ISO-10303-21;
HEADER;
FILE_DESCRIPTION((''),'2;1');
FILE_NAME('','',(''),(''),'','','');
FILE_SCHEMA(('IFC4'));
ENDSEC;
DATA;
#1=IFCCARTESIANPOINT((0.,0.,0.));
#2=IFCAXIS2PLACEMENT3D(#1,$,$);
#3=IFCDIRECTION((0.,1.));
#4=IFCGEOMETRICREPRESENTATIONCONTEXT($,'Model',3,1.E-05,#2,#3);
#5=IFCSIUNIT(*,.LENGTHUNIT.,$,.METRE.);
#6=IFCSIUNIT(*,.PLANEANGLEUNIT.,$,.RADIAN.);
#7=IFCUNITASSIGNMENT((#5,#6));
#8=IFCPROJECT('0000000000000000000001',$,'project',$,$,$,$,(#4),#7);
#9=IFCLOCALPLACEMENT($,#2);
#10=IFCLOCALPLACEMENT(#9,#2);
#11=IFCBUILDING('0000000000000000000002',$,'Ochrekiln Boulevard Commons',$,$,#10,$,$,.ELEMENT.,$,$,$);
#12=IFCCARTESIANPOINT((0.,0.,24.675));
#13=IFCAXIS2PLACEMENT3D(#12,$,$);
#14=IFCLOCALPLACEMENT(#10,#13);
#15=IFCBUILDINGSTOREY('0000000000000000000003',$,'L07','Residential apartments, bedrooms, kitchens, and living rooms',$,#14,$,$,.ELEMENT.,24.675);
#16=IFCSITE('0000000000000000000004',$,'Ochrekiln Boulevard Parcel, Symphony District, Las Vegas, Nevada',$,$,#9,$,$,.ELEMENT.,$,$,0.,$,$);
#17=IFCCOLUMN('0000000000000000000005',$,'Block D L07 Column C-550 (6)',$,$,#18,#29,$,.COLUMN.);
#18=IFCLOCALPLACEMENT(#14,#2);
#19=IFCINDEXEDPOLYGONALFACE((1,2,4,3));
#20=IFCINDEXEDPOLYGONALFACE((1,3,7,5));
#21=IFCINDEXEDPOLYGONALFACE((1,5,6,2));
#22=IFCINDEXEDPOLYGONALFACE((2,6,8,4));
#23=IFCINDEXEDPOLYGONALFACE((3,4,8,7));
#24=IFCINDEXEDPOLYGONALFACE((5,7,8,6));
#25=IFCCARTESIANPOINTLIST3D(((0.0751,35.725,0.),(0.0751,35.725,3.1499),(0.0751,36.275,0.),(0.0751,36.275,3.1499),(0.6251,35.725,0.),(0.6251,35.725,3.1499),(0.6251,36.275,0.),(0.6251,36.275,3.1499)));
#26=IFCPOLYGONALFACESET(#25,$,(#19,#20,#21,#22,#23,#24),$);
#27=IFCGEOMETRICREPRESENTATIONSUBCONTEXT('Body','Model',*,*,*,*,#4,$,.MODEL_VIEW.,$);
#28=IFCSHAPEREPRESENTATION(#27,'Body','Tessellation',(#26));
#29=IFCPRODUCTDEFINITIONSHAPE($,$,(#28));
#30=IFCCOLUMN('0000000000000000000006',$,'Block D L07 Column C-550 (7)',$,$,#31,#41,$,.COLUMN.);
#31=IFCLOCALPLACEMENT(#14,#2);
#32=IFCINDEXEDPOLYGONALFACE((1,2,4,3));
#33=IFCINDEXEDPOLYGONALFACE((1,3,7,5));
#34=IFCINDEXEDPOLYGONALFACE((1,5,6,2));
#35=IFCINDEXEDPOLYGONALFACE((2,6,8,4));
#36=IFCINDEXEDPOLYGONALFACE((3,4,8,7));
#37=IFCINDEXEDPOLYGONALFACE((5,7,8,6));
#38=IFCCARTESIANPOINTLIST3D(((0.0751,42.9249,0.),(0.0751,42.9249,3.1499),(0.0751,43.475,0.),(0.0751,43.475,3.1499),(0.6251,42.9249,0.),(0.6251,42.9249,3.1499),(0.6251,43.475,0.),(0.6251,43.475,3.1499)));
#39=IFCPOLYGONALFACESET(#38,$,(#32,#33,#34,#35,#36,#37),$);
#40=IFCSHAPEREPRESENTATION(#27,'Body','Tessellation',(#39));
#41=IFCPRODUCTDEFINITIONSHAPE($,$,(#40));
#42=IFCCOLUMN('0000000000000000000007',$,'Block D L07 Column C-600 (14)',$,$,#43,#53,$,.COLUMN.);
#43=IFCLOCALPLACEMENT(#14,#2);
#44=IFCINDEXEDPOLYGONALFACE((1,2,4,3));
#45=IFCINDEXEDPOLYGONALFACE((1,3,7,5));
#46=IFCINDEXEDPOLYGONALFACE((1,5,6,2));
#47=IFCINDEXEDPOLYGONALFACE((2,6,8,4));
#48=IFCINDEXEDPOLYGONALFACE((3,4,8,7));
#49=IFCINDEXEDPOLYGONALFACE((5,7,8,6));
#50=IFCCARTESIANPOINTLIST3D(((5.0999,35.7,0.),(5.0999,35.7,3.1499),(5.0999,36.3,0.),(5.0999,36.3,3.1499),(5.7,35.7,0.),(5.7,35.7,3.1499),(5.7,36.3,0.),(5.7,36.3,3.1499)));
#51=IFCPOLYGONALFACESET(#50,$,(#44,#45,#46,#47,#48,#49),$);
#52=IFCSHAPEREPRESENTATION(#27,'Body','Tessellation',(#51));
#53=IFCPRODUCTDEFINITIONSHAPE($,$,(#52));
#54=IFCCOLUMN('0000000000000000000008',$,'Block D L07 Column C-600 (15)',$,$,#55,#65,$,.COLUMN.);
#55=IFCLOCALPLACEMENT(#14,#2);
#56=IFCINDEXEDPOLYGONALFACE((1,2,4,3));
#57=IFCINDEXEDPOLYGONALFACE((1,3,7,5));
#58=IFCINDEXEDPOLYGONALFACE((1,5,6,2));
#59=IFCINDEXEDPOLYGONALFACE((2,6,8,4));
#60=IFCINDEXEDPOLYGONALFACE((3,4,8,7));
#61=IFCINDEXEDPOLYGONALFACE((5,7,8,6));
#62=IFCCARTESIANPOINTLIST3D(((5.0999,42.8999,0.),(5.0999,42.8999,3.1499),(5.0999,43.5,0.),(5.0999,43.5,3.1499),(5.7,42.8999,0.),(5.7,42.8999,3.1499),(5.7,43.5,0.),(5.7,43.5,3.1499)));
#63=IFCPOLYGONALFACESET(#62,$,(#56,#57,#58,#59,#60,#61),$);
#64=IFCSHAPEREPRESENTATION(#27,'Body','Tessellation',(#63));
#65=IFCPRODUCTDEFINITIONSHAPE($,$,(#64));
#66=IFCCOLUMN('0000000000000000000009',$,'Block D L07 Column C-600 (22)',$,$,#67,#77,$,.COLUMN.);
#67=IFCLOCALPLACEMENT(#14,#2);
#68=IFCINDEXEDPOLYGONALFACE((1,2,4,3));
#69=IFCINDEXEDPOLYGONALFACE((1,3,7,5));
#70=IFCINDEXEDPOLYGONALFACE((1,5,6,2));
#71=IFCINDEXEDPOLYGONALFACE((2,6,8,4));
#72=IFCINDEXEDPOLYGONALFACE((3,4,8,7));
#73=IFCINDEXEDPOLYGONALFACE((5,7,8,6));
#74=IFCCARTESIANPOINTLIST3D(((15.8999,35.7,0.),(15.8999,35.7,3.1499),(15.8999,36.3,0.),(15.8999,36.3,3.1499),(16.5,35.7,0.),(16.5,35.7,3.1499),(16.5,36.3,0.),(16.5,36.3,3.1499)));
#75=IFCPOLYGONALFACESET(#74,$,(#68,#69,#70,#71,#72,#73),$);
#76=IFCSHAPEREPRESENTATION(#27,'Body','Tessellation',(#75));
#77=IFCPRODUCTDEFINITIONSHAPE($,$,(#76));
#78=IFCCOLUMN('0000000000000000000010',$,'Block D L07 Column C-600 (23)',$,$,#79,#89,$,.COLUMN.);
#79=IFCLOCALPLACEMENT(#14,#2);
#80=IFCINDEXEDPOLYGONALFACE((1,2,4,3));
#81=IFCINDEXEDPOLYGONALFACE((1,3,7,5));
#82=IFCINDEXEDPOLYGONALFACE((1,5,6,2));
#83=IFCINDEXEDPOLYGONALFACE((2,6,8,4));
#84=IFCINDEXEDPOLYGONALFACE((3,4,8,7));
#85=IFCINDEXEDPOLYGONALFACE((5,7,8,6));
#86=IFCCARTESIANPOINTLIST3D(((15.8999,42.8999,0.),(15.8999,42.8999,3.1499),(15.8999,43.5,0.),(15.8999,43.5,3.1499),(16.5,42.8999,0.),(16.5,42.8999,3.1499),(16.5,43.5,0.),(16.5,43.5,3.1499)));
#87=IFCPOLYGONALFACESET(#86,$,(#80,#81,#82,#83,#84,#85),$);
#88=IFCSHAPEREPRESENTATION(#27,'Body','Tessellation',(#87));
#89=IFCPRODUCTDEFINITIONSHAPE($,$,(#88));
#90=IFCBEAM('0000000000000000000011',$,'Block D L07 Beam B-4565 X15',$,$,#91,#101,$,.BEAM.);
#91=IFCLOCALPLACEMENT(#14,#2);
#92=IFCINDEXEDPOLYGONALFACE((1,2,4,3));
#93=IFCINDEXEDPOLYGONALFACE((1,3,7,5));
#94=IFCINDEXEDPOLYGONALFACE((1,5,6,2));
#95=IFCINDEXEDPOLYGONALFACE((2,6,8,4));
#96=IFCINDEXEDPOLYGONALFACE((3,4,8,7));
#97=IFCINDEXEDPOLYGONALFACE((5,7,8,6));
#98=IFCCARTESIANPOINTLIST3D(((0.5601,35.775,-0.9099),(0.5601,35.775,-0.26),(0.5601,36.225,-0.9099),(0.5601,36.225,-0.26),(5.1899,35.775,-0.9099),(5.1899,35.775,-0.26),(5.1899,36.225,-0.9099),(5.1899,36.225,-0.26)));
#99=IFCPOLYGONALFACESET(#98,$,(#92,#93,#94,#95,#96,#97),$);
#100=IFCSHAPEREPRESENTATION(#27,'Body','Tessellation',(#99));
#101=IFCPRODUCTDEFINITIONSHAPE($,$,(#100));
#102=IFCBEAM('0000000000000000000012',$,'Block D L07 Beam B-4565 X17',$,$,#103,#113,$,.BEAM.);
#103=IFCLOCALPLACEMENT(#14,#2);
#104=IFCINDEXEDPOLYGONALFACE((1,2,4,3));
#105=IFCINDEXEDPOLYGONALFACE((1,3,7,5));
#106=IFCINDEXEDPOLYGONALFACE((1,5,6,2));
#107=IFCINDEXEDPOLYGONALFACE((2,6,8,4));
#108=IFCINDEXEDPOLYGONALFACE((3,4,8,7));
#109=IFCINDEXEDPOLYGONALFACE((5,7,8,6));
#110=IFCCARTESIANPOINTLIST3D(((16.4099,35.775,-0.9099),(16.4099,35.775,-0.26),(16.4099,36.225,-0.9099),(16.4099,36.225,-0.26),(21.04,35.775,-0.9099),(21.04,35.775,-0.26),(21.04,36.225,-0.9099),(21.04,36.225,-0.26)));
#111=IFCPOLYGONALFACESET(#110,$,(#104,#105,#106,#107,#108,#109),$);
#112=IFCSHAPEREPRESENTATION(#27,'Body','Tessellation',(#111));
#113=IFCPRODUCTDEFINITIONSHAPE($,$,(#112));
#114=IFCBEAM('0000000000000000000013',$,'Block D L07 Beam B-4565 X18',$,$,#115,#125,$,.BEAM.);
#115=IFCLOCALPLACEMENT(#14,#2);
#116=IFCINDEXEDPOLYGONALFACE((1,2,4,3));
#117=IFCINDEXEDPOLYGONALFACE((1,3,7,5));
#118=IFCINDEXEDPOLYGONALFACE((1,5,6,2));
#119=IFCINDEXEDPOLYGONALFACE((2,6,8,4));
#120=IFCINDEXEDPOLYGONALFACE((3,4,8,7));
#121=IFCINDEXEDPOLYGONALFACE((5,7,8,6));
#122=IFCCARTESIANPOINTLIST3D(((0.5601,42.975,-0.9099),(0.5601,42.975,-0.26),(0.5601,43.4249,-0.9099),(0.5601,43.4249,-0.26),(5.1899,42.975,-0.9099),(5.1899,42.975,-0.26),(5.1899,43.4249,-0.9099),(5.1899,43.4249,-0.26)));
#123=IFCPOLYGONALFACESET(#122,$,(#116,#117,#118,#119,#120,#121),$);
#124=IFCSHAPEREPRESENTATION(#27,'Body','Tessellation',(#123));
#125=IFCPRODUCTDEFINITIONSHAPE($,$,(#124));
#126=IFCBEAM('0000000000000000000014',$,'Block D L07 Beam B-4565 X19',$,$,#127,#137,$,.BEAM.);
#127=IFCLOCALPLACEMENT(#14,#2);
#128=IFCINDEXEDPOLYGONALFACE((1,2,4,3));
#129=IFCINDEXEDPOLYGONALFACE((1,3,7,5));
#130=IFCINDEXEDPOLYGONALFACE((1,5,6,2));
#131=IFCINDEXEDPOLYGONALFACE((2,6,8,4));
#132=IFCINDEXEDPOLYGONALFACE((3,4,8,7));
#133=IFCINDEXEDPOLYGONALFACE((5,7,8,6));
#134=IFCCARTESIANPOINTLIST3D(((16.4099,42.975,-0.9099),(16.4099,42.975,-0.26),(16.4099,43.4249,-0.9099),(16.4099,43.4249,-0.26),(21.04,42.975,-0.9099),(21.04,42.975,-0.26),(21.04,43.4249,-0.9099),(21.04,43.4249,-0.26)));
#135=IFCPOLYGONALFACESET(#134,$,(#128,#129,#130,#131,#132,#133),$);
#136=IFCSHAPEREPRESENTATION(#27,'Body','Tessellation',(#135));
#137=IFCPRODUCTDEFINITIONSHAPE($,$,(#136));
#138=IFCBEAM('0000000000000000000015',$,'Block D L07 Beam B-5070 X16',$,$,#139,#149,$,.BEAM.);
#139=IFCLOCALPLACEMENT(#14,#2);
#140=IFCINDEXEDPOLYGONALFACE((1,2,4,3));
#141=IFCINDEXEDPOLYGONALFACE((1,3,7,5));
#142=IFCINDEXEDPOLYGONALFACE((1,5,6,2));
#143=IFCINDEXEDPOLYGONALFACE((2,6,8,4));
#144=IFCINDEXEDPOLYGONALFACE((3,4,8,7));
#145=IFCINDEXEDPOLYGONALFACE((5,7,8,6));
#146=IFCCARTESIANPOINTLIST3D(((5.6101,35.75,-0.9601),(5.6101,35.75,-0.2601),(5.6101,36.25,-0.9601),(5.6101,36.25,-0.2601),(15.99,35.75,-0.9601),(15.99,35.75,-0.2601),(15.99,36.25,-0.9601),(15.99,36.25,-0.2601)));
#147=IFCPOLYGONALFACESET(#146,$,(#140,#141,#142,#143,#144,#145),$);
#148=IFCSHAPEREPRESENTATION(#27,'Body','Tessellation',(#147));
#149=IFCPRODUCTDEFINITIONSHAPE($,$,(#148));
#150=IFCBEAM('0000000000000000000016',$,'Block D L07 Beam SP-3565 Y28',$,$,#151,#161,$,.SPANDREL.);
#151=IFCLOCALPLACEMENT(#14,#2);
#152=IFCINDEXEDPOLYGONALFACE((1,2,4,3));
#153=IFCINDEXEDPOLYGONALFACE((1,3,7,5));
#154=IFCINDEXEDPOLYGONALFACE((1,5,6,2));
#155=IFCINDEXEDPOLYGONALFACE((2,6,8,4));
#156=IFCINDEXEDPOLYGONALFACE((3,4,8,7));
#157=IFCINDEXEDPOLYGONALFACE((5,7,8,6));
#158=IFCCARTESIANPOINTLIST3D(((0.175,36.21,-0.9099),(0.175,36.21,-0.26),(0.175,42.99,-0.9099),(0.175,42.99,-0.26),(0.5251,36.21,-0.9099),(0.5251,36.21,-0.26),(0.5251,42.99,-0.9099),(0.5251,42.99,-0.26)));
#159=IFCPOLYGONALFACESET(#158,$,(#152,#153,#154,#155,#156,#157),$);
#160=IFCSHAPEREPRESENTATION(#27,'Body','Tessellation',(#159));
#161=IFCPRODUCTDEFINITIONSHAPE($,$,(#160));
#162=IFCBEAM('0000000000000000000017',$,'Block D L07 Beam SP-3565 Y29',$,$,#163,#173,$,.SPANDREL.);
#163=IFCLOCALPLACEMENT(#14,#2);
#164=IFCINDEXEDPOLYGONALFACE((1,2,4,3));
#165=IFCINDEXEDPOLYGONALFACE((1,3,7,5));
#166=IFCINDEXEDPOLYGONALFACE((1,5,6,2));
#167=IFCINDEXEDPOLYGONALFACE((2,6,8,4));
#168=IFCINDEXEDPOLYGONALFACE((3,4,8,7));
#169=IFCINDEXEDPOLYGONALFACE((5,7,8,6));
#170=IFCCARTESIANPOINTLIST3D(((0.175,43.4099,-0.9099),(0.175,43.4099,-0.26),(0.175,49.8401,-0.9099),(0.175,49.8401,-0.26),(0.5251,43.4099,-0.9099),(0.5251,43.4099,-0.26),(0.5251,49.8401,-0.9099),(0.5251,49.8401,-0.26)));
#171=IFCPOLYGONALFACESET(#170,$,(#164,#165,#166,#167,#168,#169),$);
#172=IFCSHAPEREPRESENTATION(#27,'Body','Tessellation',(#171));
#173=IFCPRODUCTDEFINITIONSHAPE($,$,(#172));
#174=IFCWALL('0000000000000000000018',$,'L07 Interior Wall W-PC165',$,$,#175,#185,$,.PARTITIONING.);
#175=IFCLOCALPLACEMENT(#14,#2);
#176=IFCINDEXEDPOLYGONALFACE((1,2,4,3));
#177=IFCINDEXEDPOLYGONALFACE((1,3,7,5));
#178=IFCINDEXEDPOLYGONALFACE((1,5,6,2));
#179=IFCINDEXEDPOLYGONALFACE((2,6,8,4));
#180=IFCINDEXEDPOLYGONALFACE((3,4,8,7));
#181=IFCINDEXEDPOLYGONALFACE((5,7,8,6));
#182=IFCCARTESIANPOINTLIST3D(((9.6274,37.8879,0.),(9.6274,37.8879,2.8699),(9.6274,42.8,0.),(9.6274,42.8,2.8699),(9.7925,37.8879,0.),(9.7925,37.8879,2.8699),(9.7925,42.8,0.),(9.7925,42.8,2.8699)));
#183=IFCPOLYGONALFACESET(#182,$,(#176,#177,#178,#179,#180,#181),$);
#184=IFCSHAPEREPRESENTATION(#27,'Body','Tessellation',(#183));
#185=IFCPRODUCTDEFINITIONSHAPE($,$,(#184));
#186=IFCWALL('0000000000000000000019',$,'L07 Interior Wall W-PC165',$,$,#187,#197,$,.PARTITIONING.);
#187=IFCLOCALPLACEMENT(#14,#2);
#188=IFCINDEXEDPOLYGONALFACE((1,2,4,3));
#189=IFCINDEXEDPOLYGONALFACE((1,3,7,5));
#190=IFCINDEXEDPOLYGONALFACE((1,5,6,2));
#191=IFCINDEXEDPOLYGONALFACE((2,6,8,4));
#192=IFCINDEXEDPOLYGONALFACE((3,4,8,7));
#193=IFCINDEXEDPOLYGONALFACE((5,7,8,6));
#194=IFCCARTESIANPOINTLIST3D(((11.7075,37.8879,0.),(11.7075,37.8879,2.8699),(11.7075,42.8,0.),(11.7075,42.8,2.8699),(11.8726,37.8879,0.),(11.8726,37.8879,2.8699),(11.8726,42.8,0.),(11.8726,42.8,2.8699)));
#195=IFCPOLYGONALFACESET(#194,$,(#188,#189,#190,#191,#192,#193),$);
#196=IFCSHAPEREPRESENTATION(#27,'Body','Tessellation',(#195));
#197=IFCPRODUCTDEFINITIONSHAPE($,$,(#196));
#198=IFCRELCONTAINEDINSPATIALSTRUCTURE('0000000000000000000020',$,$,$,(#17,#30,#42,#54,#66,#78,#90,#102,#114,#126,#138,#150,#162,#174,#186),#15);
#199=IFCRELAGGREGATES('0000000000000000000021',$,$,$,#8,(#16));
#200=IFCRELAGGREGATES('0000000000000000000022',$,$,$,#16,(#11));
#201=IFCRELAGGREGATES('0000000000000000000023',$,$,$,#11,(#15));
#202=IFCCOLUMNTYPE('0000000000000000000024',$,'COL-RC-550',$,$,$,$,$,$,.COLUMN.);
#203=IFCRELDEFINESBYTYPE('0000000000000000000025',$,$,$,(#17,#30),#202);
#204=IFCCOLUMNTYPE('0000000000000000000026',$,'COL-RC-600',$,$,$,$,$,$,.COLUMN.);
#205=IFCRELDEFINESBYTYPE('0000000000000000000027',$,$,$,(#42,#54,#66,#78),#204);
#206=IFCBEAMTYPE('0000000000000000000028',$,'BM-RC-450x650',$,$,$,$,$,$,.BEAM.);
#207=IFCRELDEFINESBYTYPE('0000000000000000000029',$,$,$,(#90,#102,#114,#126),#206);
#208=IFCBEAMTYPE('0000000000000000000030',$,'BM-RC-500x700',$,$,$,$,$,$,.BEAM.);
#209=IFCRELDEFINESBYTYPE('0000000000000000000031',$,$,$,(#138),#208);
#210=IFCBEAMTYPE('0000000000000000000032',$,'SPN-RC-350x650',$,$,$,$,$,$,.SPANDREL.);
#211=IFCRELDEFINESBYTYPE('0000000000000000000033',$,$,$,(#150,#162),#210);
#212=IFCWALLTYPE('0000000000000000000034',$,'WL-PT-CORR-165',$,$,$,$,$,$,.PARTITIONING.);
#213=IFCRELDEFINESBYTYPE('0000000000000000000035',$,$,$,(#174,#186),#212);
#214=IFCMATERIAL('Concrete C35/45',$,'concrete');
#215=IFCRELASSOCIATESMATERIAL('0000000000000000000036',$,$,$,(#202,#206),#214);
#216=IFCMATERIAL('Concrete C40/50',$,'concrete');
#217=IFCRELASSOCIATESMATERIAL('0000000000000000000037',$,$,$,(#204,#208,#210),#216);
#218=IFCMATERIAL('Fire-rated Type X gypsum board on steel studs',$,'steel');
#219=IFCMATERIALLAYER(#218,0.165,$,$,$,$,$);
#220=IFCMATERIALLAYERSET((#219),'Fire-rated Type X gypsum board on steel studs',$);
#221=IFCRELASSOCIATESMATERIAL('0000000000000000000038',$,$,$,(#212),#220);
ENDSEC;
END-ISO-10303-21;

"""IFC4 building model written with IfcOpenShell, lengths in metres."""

from ifc_helpers import new_model, si_unit, direction, frame, frame_2d, origin, origin_2d, place, context, subcontext, project, spatial, rectangle, extrude, material, layer, layer_set, material_profile, profile_set, type_object, element, save


model = new_model("IFC4")

# Units and contexts
model_context = context("Model", 3, precision=1e-05, world=origin(), true_north=direction((0.0, 1.0)))
body_context = subcontext(model_context, "Body", "Model", "MODEL_VIEW")
ifc_project = project(units=[si_unit("LENGTHUNIT", "METRE"), si_unit("PLANEANGLEUNIT", "RADIAN")], contexts=[model_context])

# Site, building, storey
site_placement = place(None, origin())
site = spatial("IfcSite", under=ifc_project, at=site_placement, Name="Ochrekiln Boulevard Parcel, Symphony District, Las Vegas, Nevada", CompositionType="ELEMENT", RefElevation=0.0)
building_placement = place(site_placement, origin())
building = spatial("IfcBuilding", under=site, at=building_placement, Name="Ochrekiln Boulevard Commons", CompositionType="ELEMENT")
storey_placement = place(building_placement, frame((0.0, 0.0, 24.675)))
storey = spatial("IfcBuildingStorey", under=building, at=storey_placement, Name="L07", Description="Residential apartments, bedrooms, kitchens, and living rooms", CompositionType="ELEMENT", Elevation=24.675)

# Columns
ifc_material_1 = material(Name="Concrete C35/45", Category="concrete")
ifc_material_profile_1 = material_profile(ifc_material_1, rectangle(XDim=0.55, YDim=0.55, at=origin_2d()), Name="RC-COL-550x550")
ifc_profile_set_1 = profile_set([ifc_material_profile_1], Name="Concrete C35/45")
column_type_1 = type_object("IfcColumnType", Name="COL-RC-550", PredefinedType="COLUMN", material=ifc_profile_set_1)
for number, where, z_axis, x_axis, name in (
    (1, (0.3501, 36.0, 0.0), (0.0, 0.0, 1.0), (1.0, 0.0, 0.0), "Block D L07 Column C-550 (6)"),
    (2, (0.3501, 43.2, 0.0), (0.0, 0.0, 1.0), (1.0, 0.0, 0.0), "Block D L07 Column C-550 (7)"),
):
    element("IfcColumn", number, at=place(storey_placement, frame(where, z_axis=z_axis, x_axis=x_axis)), inside=storey, type_object=column_type_1, Name=name, PredefinedType="COLUMN", context=body_context, shape_type="SweptSolid", body=[
        extrude(rectangle(XDim=0.55, YDim=0.55, at=origin_2d()), origin(), (0.0, 0.0, 1.0), 3.1499),
    ])
ifc_material_2 = material(Name="Concrete C40/50", Category="concrete")
ifc_material_profile_2 = material_profile(ifc_material_2, rectangle(XDim=0.6001, YDim=0.6001, at=origin_2d()), Name="RC-COL-600x600")
ifc_profile_set_2 = profile_set([ifc_material_profile_2], Name="Concrete C40/50")
column_type_2 = type_object("IfcColumnType", Name="COL-RC-600", PredefinedType="COLUMN", material=ifc_profile_set_2)
for number, where, z_axis, x_axis, name in (
    (3, (5.3999, 36.0, 0.0), (0.0, 0.0, 1.0), (1.0, 0.0, 0.0), "Block D L07 Column C-600 (14)"),
    (4, (5.3999, 43.2, 0.0), (0.0, 0.0, 1.0), (1.0, 0.0, 0.0), "Block D L07 Column C-600 (15)"),
    (5, (16.2, 36.0, 0.0), (0.0, 0.0, 1.0), (1.0, 0.0, 0.0), "Block D L07 Column C-600 (22)"),
    (6, (16.2, 43.2, 0.0), (0.0, 0.0, 1.0), (1.0, 0.0, 0.0), "Block D L07 Column C-600 (23)"),
):
    element("IfcColumn", number, at=place(storey_placement, frame(where, z_axis=z_axis, x_axis=x_axis)), inside=storey, type_object=column_type_2, Name=name, PredefinedType="COLUMN", context=body_context, shape_type="SweptSolid", body=[
        extrude(rectangle(XDim=0.6001, YDim=0.6001, at=origin_2d()), origin(), (0.0, 0.0, 1.0), 3.1499),
    ])

# Beams
ifc_material_profile_3 = material_profile(ifc_material_1, rectangle(XDim=0.45, YDim=0.6499, at=origin_2d()), Name="RC-BM-450x650")
ifc_profile_set_3 = profile_set([ifc_material_profile_3], Name="Concrete C35/45")
beam_type_1 = type_object("IfcBeamType", Name="BM-RC-450x650", PredefinedType="BEAM", material=ifc_profile_set_3)
beam_1_placement = place(storey_placement, frame((0.5601, 36.0, -0.585), z_axis=(1.0, 0.0, 0.0), x_axis=(0.0, 1.0, 0.0)))
element("IfcBeam", 7, at=beam_1_placement, inside=storey, type_object=beam_type_1, Name="Block D L07 Beam B-4565 X15", PredefinedType="BEAM", context=body_context, shape_type="SweptSolid", body=[
    extrude(rectangle(XDim=0.45, YDim=0.6499, at=origin_2d()), origin(), (0.0, 0.0, 1.0), 4.6299),
])
beam_2_placement = place(storey_placement, frame((16.4099, 36.0, -0.585), z_axis=(1.0, 0.0, 0.0), x_axis=(0.0, 1.0, 0.0)))
element("IfcBeam", 8, at=beam_2_placement, inside=storey, type_object=beam_type_1, Name="Block D L07 Beam B-4565 X17", PredefinedType="BEAM", context=body_context, shape_type="SweptSolid", body=[
    extrude(rectangle(XDim=0.45, YDim=0.6499, at=origin_2d()), origin(), (0.0, 0.0, 1.0), 4.6301),
])
beam_3_placement = place(storey_placement, frame((0.5601, 43.2, -0.585), z_axis=(1.0, 0.0, 0.0), x_axis=(0.0, 1.0, 0.0)))
element("IfcBeam", 9, at=beam_3_placement, inside=storey, type_object=beam_type_1, Name="Block D L07 Beam B-4565 X18", PredefinedType="BEAM", context=body_context, shape_type="SweptSolid", body=[
    extrude(rectangle(XDim=0.45, YDim=0.6499, at=origin_2d()), origin(), (0.0, 0.0, 1.0), 4.6299),
])
beam_4_placement = place(storey_placement, frame((16.4099, 43.2, -0.585), z_axis=(1.0, 0.0, 0.0), x_axis=(0.0, 1.0, 0.0)))
element("IfcBeam", 10, at=beam_4_placement, inside=storey, type_object=beam_type_1, Name="Block D L07 Beam B-4565 X19", PredefinedType="BEAM", context=body_context, shape_type="SweptSolid", body=[
    extrude(rectangle(XDim=0.45, YDim=0.6499, at=origin_2d()), origin(), (0.0, 0.0, 1.0), 4.6301),
])
ifc_material_profile_4 = material_profile(ifc_material_2, rectangle(XDim=0.5, YDim=0.7, at=origin_2d()), Name="RC-BM-500x700")
ifc_profile_set_4 = profile_set([ifc_material_profile_4], Name="Concrete C40/50")
beam_type_2 = type_object("IfcBeamType", Name="BM-RC-500x700", PredefinedType="BEAM", material=ifc_profile_set_4)
beam_5_placement = place(storey_placement, frame((5.6101, 36.0, -0.6101), z_axis=(1.0, 0.0, 0.0), x_axis=(0.0, 1.0, 0.0)))
element("IfcBeam", 11, at=beam_5_placement, inside=storey, type_object=beam_type_2, Name="Block D L07 Beam B-5070 X16", PredefinedType="BEAM", context=body_context, shape_type="SweptSolid", body=[
    extrude(rectangle(XDim=0.5, YDim=0.7, at=origin_2d()), origin(), (0.0, 0.0, 1.0), 10.3799),
])
ifc_material_profile_5 = material_profile(ifc_material_2, rectangle(XDim=0.3501, YDim=0.6499, at=origin_2d()), Name="RC-SPN-350x650")
ifc_profile_set_5 = profile_set([ifc_material_profile_5], Name="Concrete C40/50")
beam_type_3 = type_object("IfcBeamType", Name="SPN-RC-350x650", PredefinedType="SPANDREL", material=ifc_profile_set_5)
beam_6_placement = place(storey_placement, frame((0.3501, 36.21, -0.585), z_axis=(0.0, 1.0, 0.0), x_axis=(-1.0, 0.0, 0.0)))
element("IfcBeam", 12, at=beam_6_placement, inside=storey, type_object=beam_type_3, Name="Block D L07 Beam SP-3565 Y28", PredefinedType="SPANDREL", context=body_context, shape_type="SweptSolid", body=[
    extrude(rectangle(XDim=0.3501, YDim=0.6499, at=origin_2d()), origin(), (0.0, 0.0, 1.0), 6.78),
])
beam_7_placement = place(storey_placement, frame((0.3501, 43.4099, -0.585), z_axis=(0.0, 1.0, 0.0), x_axis=(-1.0, 0.0, 0.0)))
element("IfcBeam", 13, at=beam_7_placement, inside=storey, type_object=beam_type_3, Name="Block D L07 Beam SP-3565 Y29", PredefinedType="SPANDREL", context=body_context, shape_type="SweptSolid", body=[
    extrude(rectangle(XDim=0.3501, YDim=0.6499, at=origin_2d()), origin(), (0.0, 0.0, 1.0), 6.4302),
])

# Walls
ifc_material_3 = material(Name="Fire-rated Type X gypsum board on steel studs", Category="steel")
ifc_layer_1 = layer(ifc_material_3, 0.165)
ifc_layer_set_1 = layer_set([ifc_layer_1], Name="Fire-rated Type X gypsum board on steel studs")
wall_type_1 = type_object("IfcWallType", Name="WL-PT-CORR-165", PredefinedType="PARTITIONING", material=ifc_layer_set_1)
for number, where, z_axis, x_axis, name in (
    (14, (9.71, 37.8879, 0.0), (0.0, 0.0, 1.0), (0.0, 1.0, 0.0), "L07 Interior Wall W-PC165"),
    (15, (11.79, 37.8879, 0.0), (0.0, 0.0, 1.0), (0.0, 1.0, 0.0), "L07 Interior Wall W-PC165"),
):
    element("IfcWall", number, at=place(storey_placement, frame(where, z_axis=z_axis, x_axis=x_axis)), inside=storey, type_object=wall_type_1, Name=name, PredefinedType="PARTITIONING", context=body_context, shape_type="SweptSolid", body=[
        extrude(rectangle(XDim=4.9121, YDim=0.165, at=frame_2d((2.4561, 0.0))), origin(), (0.0, 0.0, 1.0), 2.8699),
    ])

save(model, "model.ifc")
